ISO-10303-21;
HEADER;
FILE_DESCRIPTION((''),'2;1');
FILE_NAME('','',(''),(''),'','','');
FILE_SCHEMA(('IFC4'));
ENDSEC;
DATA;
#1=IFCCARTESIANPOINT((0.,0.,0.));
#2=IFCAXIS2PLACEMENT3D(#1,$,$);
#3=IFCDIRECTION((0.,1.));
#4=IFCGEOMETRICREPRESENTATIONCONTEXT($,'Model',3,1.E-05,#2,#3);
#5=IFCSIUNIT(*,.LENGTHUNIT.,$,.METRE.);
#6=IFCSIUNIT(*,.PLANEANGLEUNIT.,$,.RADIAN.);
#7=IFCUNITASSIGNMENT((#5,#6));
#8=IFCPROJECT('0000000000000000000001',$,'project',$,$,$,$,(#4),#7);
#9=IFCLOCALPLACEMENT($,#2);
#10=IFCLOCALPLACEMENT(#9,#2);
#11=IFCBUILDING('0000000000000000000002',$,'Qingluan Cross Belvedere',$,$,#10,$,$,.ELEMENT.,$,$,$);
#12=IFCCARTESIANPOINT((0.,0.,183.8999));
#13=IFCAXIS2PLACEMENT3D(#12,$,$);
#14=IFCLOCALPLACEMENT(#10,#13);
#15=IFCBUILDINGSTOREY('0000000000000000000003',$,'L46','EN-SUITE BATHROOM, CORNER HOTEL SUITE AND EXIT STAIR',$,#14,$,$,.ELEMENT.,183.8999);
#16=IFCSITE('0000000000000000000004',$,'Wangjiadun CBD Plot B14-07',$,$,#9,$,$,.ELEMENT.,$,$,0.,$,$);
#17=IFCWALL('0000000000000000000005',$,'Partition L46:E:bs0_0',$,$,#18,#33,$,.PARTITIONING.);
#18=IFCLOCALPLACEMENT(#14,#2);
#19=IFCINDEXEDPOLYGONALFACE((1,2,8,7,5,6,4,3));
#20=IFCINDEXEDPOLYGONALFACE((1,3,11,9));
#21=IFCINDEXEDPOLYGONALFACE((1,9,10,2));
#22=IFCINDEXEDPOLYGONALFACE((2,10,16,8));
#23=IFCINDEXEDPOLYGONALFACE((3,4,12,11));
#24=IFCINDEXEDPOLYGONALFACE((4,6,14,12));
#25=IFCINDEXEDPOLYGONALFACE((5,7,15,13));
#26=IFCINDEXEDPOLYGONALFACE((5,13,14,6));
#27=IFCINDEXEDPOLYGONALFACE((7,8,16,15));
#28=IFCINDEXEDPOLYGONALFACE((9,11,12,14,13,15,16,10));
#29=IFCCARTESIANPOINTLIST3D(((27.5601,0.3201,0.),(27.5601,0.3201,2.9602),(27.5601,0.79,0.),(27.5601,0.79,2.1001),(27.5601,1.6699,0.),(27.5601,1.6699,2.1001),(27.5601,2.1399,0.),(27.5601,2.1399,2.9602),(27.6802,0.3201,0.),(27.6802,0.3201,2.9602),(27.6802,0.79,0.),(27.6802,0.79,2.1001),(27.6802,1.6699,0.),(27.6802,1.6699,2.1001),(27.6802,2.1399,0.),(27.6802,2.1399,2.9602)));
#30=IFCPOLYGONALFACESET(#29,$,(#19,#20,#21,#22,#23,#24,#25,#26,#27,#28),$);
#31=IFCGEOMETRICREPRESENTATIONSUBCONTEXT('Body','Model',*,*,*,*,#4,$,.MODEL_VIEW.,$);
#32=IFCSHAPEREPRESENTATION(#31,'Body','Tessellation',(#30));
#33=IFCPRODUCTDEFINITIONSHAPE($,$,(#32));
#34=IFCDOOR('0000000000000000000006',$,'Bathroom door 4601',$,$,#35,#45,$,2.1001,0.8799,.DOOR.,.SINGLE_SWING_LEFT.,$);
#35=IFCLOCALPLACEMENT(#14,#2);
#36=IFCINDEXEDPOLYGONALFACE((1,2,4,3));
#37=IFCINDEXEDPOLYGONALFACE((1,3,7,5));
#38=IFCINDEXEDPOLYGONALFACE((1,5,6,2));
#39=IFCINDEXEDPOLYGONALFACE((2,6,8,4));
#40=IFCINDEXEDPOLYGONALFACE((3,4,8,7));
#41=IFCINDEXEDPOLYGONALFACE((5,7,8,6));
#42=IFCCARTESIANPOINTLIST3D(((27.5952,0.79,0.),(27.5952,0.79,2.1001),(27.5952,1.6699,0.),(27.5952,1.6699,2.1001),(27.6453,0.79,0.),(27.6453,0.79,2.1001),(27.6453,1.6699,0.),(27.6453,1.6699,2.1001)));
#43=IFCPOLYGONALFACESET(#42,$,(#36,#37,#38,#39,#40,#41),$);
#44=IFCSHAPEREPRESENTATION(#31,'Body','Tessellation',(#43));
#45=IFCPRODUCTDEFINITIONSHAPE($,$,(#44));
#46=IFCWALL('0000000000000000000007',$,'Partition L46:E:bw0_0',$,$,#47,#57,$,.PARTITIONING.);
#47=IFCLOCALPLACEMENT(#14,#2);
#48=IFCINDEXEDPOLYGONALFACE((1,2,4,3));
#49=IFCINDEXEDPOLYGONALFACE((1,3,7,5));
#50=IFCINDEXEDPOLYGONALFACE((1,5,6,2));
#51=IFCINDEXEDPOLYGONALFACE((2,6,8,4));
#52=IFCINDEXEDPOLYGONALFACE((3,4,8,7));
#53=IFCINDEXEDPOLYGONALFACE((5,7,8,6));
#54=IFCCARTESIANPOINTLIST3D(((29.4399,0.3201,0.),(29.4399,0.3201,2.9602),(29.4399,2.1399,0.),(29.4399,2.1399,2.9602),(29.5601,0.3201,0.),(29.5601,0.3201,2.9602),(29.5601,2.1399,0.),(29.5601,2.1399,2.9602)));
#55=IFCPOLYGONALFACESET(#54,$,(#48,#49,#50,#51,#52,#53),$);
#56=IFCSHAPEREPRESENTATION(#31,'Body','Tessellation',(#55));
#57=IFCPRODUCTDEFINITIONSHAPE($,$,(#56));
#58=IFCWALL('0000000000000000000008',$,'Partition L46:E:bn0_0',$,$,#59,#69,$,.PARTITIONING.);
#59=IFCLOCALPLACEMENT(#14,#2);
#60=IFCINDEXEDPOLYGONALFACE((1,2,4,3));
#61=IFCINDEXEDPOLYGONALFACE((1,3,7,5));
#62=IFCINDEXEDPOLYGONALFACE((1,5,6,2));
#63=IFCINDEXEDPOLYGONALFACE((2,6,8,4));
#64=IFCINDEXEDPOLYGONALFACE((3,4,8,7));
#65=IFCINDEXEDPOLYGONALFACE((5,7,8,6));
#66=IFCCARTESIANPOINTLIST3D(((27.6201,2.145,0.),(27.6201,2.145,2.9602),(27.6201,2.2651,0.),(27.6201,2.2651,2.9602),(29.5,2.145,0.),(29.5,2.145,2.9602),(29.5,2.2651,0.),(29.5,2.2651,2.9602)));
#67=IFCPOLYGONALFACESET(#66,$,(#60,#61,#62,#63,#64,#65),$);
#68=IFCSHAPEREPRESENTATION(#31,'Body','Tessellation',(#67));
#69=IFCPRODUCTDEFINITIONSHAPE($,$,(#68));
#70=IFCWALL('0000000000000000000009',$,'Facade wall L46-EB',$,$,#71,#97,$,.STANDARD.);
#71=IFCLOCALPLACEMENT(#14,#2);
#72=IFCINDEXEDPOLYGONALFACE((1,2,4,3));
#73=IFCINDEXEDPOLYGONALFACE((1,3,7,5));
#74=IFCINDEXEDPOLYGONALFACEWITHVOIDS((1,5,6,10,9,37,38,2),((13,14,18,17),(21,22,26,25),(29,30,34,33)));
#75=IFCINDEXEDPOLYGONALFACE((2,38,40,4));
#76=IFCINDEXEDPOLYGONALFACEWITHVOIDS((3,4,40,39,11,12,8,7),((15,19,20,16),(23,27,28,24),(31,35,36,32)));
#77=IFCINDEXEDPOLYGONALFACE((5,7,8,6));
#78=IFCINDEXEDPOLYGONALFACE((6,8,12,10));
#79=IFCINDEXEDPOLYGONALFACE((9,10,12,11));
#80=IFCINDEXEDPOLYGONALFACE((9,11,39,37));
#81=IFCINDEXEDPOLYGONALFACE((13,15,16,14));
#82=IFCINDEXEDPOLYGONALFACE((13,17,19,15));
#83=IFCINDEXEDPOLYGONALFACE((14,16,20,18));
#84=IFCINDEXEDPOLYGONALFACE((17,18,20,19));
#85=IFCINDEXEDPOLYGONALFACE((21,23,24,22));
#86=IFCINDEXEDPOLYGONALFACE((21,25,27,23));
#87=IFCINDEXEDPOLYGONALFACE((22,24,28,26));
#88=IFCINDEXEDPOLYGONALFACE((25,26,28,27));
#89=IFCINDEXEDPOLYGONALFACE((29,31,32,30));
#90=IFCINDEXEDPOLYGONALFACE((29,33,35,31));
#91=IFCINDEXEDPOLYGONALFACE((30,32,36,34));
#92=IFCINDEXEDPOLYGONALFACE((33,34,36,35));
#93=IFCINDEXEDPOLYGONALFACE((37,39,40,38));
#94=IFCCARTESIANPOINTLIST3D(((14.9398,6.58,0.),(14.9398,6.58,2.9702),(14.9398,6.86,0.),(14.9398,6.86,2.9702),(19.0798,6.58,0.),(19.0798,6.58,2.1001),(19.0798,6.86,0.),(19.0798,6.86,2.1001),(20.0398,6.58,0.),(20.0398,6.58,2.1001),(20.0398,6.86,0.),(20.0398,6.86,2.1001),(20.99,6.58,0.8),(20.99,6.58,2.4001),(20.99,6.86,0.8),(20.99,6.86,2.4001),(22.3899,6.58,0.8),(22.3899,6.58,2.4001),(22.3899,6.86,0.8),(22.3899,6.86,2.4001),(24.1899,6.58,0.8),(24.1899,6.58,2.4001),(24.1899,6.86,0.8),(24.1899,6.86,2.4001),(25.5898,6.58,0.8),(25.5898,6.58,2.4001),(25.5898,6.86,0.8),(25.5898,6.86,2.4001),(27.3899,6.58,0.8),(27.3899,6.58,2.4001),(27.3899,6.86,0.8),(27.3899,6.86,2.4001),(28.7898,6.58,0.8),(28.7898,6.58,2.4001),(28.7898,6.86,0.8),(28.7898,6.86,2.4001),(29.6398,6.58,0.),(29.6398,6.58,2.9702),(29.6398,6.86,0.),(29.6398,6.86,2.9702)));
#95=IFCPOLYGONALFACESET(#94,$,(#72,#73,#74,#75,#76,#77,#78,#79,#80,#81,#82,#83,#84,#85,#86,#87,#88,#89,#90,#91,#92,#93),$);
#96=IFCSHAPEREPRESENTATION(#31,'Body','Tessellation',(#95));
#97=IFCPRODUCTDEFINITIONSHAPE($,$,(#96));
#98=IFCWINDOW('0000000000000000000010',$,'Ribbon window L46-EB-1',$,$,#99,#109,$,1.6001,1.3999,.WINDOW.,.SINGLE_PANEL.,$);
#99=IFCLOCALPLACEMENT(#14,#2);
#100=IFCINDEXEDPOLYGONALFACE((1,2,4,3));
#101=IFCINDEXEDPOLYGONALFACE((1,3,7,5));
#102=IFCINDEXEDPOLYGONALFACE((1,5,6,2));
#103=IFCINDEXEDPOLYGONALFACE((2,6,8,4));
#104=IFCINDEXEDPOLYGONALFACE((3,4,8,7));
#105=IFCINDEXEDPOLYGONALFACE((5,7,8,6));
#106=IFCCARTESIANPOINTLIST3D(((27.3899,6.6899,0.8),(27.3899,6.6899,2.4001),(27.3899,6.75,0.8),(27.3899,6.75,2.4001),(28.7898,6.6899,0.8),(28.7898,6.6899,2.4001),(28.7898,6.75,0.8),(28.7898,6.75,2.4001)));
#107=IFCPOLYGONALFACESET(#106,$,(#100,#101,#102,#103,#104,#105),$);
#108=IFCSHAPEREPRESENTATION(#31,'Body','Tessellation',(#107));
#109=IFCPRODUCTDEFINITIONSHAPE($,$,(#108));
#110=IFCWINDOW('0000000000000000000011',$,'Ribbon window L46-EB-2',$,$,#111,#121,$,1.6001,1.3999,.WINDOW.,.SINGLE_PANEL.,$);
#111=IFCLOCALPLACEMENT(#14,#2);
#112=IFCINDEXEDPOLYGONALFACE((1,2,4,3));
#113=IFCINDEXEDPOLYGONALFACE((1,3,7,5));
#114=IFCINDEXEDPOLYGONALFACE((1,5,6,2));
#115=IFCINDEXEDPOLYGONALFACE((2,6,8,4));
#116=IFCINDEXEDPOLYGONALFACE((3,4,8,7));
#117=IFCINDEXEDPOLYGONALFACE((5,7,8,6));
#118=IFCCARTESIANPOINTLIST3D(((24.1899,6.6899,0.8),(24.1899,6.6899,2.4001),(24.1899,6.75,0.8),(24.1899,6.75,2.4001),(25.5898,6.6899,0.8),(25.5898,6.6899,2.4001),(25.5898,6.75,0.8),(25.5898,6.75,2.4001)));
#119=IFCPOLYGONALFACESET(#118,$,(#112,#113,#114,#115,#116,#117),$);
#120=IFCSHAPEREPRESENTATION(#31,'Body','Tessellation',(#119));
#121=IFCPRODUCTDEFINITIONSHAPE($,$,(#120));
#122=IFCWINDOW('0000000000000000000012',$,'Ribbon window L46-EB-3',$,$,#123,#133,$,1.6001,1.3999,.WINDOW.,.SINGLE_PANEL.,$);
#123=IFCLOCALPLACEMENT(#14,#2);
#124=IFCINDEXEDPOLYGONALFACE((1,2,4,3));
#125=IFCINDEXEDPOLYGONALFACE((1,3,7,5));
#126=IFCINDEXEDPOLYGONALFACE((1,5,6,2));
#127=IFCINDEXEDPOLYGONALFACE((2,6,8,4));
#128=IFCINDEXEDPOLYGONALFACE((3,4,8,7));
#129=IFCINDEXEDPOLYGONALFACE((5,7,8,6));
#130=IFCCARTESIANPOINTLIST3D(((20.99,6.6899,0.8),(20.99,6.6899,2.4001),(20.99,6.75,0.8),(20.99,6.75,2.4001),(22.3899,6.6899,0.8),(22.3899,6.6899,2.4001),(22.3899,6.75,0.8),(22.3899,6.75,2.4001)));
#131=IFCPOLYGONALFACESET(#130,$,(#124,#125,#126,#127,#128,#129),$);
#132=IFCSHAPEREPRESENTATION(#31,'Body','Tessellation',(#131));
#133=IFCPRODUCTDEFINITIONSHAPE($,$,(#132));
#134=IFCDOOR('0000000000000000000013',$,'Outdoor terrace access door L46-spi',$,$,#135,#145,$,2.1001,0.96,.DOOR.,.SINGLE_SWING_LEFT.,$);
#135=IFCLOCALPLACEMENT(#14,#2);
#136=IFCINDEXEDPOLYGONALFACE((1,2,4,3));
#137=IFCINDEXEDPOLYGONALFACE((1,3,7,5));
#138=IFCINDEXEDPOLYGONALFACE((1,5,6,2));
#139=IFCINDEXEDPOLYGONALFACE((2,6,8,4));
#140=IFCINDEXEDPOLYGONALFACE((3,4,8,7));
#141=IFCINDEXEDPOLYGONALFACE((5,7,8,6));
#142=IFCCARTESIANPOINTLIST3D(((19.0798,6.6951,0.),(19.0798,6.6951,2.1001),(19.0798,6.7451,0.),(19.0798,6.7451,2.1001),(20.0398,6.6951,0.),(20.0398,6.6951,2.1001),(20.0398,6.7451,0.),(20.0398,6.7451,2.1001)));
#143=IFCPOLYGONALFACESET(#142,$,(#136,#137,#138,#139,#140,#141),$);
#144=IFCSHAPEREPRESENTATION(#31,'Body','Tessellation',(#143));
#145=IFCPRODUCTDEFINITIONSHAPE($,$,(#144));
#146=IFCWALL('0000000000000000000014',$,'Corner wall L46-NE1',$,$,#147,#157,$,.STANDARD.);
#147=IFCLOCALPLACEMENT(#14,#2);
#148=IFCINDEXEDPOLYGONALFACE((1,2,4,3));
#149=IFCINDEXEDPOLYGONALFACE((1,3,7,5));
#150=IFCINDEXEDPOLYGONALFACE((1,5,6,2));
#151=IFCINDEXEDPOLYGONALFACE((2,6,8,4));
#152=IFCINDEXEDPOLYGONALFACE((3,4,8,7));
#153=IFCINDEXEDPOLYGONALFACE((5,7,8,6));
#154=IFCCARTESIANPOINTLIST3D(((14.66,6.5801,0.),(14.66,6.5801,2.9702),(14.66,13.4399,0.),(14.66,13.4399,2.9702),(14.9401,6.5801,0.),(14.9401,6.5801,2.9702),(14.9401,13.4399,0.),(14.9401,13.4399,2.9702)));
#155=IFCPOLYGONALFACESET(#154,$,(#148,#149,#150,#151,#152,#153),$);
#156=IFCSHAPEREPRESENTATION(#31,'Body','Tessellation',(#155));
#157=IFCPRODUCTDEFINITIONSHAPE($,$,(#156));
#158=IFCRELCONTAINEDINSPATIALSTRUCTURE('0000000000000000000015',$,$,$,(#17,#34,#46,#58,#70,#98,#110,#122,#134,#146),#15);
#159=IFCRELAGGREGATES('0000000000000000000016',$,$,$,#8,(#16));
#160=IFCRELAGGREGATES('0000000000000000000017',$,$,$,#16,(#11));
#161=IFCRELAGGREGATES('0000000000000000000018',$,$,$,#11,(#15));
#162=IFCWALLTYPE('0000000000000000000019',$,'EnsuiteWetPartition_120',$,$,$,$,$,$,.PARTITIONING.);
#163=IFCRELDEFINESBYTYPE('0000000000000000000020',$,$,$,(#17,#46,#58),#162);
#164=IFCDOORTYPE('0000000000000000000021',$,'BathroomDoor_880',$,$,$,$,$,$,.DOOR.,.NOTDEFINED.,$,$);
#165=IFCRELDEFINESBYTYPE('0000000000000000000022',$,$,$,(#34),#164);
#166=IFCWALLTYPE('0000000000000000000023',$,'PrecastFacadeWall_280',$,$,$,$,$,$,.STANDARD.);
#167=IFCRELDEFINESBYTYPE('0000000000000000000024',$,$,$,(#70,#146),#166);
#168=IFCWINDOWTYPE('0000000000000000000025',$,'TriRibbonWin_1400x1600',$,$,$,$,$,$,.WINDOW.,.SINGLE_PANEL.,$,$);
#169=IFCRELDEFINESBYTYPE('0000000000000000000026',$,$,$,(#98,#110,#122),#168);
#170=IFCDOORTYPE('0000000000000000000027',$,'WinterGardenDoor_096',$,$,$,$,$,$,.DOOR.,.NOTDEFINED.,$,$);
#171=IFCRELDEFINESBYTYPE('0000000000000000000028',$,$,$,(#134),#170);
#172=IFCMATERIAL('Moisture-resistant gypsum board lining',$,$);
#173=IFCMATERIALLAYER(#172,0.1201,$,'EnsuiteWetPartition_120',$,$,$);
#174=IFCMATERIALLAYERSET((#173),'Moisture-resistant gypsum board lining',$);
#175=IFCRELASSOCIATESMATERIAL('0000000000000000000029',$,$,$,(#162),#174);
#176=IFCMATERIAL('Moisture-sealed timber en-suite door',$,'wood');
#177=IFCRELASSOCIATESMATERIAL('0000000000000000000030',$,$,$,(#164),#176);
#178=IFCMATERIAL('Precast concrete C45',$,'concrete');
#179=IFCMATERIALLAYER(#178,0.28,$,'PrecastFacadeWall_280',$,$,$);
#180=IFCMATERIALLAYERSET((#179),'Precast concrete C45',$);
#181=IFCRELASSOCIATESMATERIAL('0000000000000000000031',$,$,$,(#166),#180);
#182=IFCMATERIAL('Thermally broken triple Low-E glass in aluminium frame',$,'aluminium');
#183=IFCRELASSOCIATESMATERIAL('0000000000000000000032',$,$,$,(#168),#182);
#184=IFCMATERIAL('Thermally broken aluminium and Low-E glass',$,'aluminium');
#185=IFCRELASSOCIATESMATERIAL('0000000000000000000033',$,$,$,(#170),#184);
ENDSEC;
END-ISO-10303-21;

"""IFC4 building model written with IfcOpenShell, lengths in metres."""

from ifc_helpers import new_model, si_unit, direction, frame, frame_2d, origin, place, context, subcontext, project, spatial, rectangle, extrude, material, layer, layer_set, type_object, element, fill, save


model = new_model("IFC4")

# Units and contexts
model_context = context("Model", 3, precision=1e-05, world=origin(), true_north=direction((0.0, 1.0)))
body_context = subcontext(model_context, "Body", "Model", "MODEL_VIEW")
ifc_project = project(units=[si_unit("LENGTHUNIT", "METRE"), si_unit("PLANEANGLEUNIT", "RADIAN")], contexts=[model_context])

# Site, building, storey
site_placement = place(None, origin())
site = spatial("IfcSite", under=ifc_project, at=site_placement, Name="Wangjiadun CBD Plot B14-07", CompositionType="ELEMENT", RefElevation=0.0)
building_placement = place(site_placement, origin())
building = spatial("IfcBuilding", under=site, at=building_placement, Name="Qingluan Cross Belvedere", CompositionType="ELEMENT")
storey_placement = place(building_placement, frame((0.0, 0.0, 183.8999)))
storey = spatial("IfcBuildingStorey", under=building, at=storey_placement, Name="L46", Description="EN-SUITE BATHROOM, CORNER HOTEL SUITE AND EXIT STAIR", CompositionType="ELEMENT", Elevation=183.8999)

# Wall, opening, door
ifc_material_1 = material(Name="Moisture-resistant gypsum board lining")
ifc_layer_1 = layer(ifc_material_1, 0.1201, Name="EnsuiteWetPartition_120")
ifc_layer_set_1 = layer_set([ifc_layer_1], Name="Moisture-resistant gypsum board lining")
wall_type_1 = type_object("IfcWallType", Name="EnsuiteWetPartition_120", PredefinedType="PARTITIONING", material=ifc_layer_set_1)
wall_1_placement = place(storey_placement, frame((27.6201, 0.3201, 0.0), z_axis=(0.0, 0.0, 1.0), x_axis=(0.0, 1.0, 0.0)))
wall_1 = element("IfcWall", 1, at=wall_1_placement, inside=storey, type_object=wall_type_1, Name="Partition L46:E:bs0_0", PredefinedType="PARTITIONING", context=body_context, shape_type="SweptSolid", body=[
    extrude(rectangle(XDim=1.8198, YDim=0.1201, at=frame_2d((0.9099, 0.0))), origin(), (0.0, 0.0, 1.0), 2.9602),
])
opening_1_placement = place(wall_1_placement, frame((0.47, 0.0, 0.0)))
opening_1 = element("IfcOpeningElement", 2, at=opening_1_placement, cuts=wall_1, PredefinedType="OPENING", context=body_context, shape_type="SweptSolid", body=[
    extrude(rectangle(XDim=0.8799, YDim=2.1001, at=frame_2d((0.4399, 1.05))), frame((0.0, 0.0701, 0.0), z_axis=(0.0, -1.0, 0.0), x_axis=(1.0, 0.0, 0.0)), (0.0, 0.0, 1.0), 0.1401),
])
ifc_material_2 = material(Name="Moisture-sealed timber en-suite door", Category="wood")
door_type_1 = type_object("IfcDoorType", Name="BathroomDoor_880", OperationType="NOTDEFINED", PredefinedType="DOOR", material=ifc_material_2)
door_1_placement = place(opening_1_placement, origin())
door_1 = element("IfcDoor", 3, at=door_1_placement, inside=storey, type_object=door_type_1, Name="Bathroom door 4601", OperationType="SINGLE_SWING_LEFT", OverallHeight=2.1001, OverallWidth=0.8799, PredefinedType="DOOR", context=body_context, shape_type="SweptSolid", body=[
    extrude(rectangle(XDim=0.8799, YDim=2.1001, at=frame_2d((0.4399, 1.05))), frame((0.0, 0.0249, 0.0), z_axis=(0.0, -1.0, 0.0), x_axis=(1.0, 0.0, 0.0)), (0.0, 0.0, 1.0), 0.05),
])
fill(opening_1, door_1)

# Walls
wall_2_placement = place(storey_placement, frame((29.5, 0.3201, 0.0), z_axis=(0.0, 0.0, 1.0), x_axis=(0.0, 1.0, 0.0)))
element("IfcWall", 4, at=wall_2_placement, inside=storey, type_object=wall_type_1, Name="Partition L46:E:bw0_0", PredefinedType="PARTITIONING", context=body_context, shape_type="SweptSolid", body=[
    extrude(rectangle(XDim=1.8198, YDim=0.1201, at=frame_2d((0.9099, 0.0))), origin(), (0.0, 0.0, 1.0), 2.9602),
])
wall_3_placement = place(storey_placement, frame((27.6201, 2.2051, 0.0), z_axis=(0.0, 0.0, 1.0), x_axis=(1.0, 0.0, 0.0)))
element("IfcWall", 5, at=wall_3_placement, inside=storey, type_object=wall_type_1, Name="Partition L46:E:bn0_0", PredefinedType="PARTITIONING", context=body_context, shape_type="SweptSolid", body=[
    extrude(rectangle(XDim=1.8799, YDim=0.1201, at=frame_2d((0.9399, 0.0))), origin(), (0.0, 0.0, 1.0), 2.9602),
])

# Wall, openings, windows, door
ifc_material_3 = material(Name="Precast concrete C45", Category="concrete")
ifc_layer_2 = layer(ifc_material_3, 0.28, Name="PrecastFacadeWall_280")
ifc_layer_set_2 = layer_set([ifc_layer_2], Name="Precast concrete C45")
wall_type_2 = type_object("IfcWallType", Name="PrecastFacadeWall_280", PredefinedType="STANDARD", material=ifc_layer_set_2)
wall_4_placement = place(storey_placement, frame((29.6399, 6.72, 0.0), z_axis=(0.0, 0.0, 1.0), x_axis=(-1.0, 0.0, 0.0)))
wall_4 = element("IfcWall", 6, at=wall_4_placement, inside=storey, type_object=wall_type_2, Name="Facade wall L46-EB", PredefinedType="STANDARD", context=body_context, shape_type="SweptSolid", body=[
    extrude(rectangle(XDim=14.7, YDim=0.28, at=frame_2d((7.3501, 0.0))), origin(), (0.0, 0.0, 1.0), 2.9702),
])
opening_2_placement = place(wall_4_placement, frame((0.8501, 0.0, 0.8)))
opening_2 = element("IfcOpeningElement", 7, at=opening_2_placement, cuts=wall_4, PredefinedType="OPENING", context=body_context, shape_type="SweptSolid", body=[
    extrude(rectangle(XDim=1.3999, YDim=1.6001, at=frame_2d((0.7, 0.8))), frame((0.0, 0.1499, 0.0), z_axis=(0.0, -1.0, 0.0), x_axis=(1.0, 0.0, 0.0)), (0.0, 0.0, 1.0), 0.3),
])
opening_3_placement = place(wall_4_placement, frame((4.05, 0.0, 0.8)))
opening_3 = element("IfcOpeningElement", 8, at=opening_3_placement, cuts=wall_4, PredefinedType="OPENING", context=body_context, shape_type="SweptSolid", body=[
    extrude(rectangle(XDim=1.3999, YDim=1.6001, at=frame_2d((0.7, 0.8))), frame((0.0, 0.1499, 0.0), z_axis=(0.0, -1.0, 0.0), x_axis=(1.0, 0.0, 0.0)), (0.0, 0.0, 1.0), 0.3),
])
opening_4_placement = place(wall_4_placement, frame((7.25, 0.0, 0.8)))
opening_4 = element("IfcOpeningElement", 9, at=opening_4_placement, cuts=wall_4, PredefinedType="OPENING", context=body_context, shape_type="SweptSolid", body=[
    extrude(rectangle(XDim=1.3999, YDim=1.6001, at=frame_2d((0.7, 0.8))), frame((0.0, 0.1499, 0.0), z_axis=(0.0, -1.0, 0.0), x_axis=(1.0, 0.0, 0.0)), (0.0, 0.0, 1.0), 0.3),
])
opening_5_placement = place(wall_4_placement, frame((9.6001, 0.0, 0.0)))
opening_5 = element("IfcOpeningElement", 10, at=opening_5_placement, cuts=wall_4, PredefinedType="OPENING", context=body_context, shape_type="SweptSolid", body=[
    extrude(rectangle(XDim=0.96, YDim=2.1001, at=frame_2d((0.48, 1.05))), frame((0.0, 0.1499, 0.0), z_axis=(0.0, -1.0, 0.0), x_axis=(1.0, 0.0, 0.0)), (0.0, 0.0, 1.0), 0.3),
])
ifc_material_4 = material(Name="Thermally broken triple Low-E glass in aluminium frame", Category="aluminium")
window_type = type_object("IfcWindowType", Name="TriRibbonWin_1400x1600", PartitioningType="SINGLE_PANEL", PredefinedType="WINDOW", material=ifc_material_4)
window_1_placement = place(opening_2_placement, origin())
window_1 = element("IfcWindow", 11, at=window_1_placement, inside=storey, type_object=window_type, Name="Ribbon window L46-EB-1", OverallHeight=1.6001, OverallWidth=1.3999, PartitioningType="SINGLE_PANEL", PredefinedType="WINDOW", context=body_context, shape_type="SweptSolid", body=[
    extrude(rectangle(XDim=1.3999, YDim=1.6001, at=frame_2d((0.7, 0.8))), frame((0.0, 0.03, 0.0), z_axis=(0.0, -1.0, 0.0), x_axis=(1.0, 0.0, 0.0)), (0.0, 0.0, 1.0), 0.0601),
])
fill(opening_2, window_1)
window_2_placement = place(opening_3_placement, origin())
window_2 = element("IfcWindow", 12, at=window_2_placement, inside=storey, type_object=window_type, Name="Ribbon window L46-EB-2", OverallHeight=1.6001, OverallWidth=1.3999, PartitioningType="SINGLE_PANEL", PredefinedType="WINDOW", context=body_context, shape_type="SweptSolid", body=[
    extrude(rectangle(XDim=1.3999, YDim=1.6001, at=frame_2d((0.7, 0.8))), frame((0.0, 0.03, 0.0), z_axis=(0.0, -1.0, 0.0), x_axis=(1.0, 0.0, 0.0)), (0.0, 0.0, 1.0), 0.0601),
])
fill(opening_3, window_2)
window_3_placement = place(opening_4_placement, origin())
window_3 = element("IfcWindow", 13, at=window_3_placement, inside=storey, type_object=window_type, Name="Ribbon window L46-EB-3", OverallHeight=1.6001, OverallWidth=1.3999, PartitioningType="SINGLE_PANEL", PredefinedType="WINDOW", context=body_context, shape_type="SweptSolid", body=[
    extrude(rectangle(XDim=1.3999, YDim=1.6001, at=frame_2d((0.7, 0.8))), frame((0.0, 0.03, 0.0), z_axis=(0.0, -1.0, 0.0), x_axis=(1.0, 0.0, 0.0)), (0.0, 0.0, 1.0), 0.0601),
])
fill(opening_4, window_3)
ifc_material_5 = material(Name="Thermally broken aluminium and Low-E glass", Category="aluminium")
door_type_2 = type_object("IfcDoorType", Name="WinterGardenDoor_096", OperationType="NOTDEFINED", PredefinedType="DOOR", material=ifc_material_5)
door_2_placement = place(opening_5_placement, origin())
door_2 = element("IfcDoor", 14, at=door_2_placement, inside=storey, type_object=door_type_2, Name="Outdoor terrace access door L46-spi", OperationType="SINGLE_SWING_LEFT", OverallHeight=2.1001, OverallWidth=0.96, PredefinedType="DOOR", context=body_context, shape_type="SweptSolid", body=[
    extrude(rectangle(XDim=0.96, YDim=2.1001, at=frame_2d((0.48, 1.05))), frame((0.0, 0.0249, 0.0), z_axis=(0.0, -1.0, 0.0), x_axis=(1.0, 0.0, 0.0)), (0.0, 0.0, 1.0), 0.05),
])
fill(opening_5, door_2)

# Wall
wall_5_placement = place(storey_placement, frame((14.8, 6.5801, 0.0), z_axis=(0.0, 0.0, 1.0), x_axis=(0.0, 1.0, 0.0)))
element("IfcWall", 15, at=wall_5_placement, inside=storey, type_object=wall_type_2, Name="Corner wall L46-NE1", PredefinedType="STANDARD", context=body_context, shape_type="SweptSolid", body=[
    extrude(rectangle(XDim=6.8599, YDim=0.28, at=frame_2d((3.4299, 0.0))), origin(), (0.0, 0.0, 1.0), 2.9702),
])

save(model, "model.ifc")
